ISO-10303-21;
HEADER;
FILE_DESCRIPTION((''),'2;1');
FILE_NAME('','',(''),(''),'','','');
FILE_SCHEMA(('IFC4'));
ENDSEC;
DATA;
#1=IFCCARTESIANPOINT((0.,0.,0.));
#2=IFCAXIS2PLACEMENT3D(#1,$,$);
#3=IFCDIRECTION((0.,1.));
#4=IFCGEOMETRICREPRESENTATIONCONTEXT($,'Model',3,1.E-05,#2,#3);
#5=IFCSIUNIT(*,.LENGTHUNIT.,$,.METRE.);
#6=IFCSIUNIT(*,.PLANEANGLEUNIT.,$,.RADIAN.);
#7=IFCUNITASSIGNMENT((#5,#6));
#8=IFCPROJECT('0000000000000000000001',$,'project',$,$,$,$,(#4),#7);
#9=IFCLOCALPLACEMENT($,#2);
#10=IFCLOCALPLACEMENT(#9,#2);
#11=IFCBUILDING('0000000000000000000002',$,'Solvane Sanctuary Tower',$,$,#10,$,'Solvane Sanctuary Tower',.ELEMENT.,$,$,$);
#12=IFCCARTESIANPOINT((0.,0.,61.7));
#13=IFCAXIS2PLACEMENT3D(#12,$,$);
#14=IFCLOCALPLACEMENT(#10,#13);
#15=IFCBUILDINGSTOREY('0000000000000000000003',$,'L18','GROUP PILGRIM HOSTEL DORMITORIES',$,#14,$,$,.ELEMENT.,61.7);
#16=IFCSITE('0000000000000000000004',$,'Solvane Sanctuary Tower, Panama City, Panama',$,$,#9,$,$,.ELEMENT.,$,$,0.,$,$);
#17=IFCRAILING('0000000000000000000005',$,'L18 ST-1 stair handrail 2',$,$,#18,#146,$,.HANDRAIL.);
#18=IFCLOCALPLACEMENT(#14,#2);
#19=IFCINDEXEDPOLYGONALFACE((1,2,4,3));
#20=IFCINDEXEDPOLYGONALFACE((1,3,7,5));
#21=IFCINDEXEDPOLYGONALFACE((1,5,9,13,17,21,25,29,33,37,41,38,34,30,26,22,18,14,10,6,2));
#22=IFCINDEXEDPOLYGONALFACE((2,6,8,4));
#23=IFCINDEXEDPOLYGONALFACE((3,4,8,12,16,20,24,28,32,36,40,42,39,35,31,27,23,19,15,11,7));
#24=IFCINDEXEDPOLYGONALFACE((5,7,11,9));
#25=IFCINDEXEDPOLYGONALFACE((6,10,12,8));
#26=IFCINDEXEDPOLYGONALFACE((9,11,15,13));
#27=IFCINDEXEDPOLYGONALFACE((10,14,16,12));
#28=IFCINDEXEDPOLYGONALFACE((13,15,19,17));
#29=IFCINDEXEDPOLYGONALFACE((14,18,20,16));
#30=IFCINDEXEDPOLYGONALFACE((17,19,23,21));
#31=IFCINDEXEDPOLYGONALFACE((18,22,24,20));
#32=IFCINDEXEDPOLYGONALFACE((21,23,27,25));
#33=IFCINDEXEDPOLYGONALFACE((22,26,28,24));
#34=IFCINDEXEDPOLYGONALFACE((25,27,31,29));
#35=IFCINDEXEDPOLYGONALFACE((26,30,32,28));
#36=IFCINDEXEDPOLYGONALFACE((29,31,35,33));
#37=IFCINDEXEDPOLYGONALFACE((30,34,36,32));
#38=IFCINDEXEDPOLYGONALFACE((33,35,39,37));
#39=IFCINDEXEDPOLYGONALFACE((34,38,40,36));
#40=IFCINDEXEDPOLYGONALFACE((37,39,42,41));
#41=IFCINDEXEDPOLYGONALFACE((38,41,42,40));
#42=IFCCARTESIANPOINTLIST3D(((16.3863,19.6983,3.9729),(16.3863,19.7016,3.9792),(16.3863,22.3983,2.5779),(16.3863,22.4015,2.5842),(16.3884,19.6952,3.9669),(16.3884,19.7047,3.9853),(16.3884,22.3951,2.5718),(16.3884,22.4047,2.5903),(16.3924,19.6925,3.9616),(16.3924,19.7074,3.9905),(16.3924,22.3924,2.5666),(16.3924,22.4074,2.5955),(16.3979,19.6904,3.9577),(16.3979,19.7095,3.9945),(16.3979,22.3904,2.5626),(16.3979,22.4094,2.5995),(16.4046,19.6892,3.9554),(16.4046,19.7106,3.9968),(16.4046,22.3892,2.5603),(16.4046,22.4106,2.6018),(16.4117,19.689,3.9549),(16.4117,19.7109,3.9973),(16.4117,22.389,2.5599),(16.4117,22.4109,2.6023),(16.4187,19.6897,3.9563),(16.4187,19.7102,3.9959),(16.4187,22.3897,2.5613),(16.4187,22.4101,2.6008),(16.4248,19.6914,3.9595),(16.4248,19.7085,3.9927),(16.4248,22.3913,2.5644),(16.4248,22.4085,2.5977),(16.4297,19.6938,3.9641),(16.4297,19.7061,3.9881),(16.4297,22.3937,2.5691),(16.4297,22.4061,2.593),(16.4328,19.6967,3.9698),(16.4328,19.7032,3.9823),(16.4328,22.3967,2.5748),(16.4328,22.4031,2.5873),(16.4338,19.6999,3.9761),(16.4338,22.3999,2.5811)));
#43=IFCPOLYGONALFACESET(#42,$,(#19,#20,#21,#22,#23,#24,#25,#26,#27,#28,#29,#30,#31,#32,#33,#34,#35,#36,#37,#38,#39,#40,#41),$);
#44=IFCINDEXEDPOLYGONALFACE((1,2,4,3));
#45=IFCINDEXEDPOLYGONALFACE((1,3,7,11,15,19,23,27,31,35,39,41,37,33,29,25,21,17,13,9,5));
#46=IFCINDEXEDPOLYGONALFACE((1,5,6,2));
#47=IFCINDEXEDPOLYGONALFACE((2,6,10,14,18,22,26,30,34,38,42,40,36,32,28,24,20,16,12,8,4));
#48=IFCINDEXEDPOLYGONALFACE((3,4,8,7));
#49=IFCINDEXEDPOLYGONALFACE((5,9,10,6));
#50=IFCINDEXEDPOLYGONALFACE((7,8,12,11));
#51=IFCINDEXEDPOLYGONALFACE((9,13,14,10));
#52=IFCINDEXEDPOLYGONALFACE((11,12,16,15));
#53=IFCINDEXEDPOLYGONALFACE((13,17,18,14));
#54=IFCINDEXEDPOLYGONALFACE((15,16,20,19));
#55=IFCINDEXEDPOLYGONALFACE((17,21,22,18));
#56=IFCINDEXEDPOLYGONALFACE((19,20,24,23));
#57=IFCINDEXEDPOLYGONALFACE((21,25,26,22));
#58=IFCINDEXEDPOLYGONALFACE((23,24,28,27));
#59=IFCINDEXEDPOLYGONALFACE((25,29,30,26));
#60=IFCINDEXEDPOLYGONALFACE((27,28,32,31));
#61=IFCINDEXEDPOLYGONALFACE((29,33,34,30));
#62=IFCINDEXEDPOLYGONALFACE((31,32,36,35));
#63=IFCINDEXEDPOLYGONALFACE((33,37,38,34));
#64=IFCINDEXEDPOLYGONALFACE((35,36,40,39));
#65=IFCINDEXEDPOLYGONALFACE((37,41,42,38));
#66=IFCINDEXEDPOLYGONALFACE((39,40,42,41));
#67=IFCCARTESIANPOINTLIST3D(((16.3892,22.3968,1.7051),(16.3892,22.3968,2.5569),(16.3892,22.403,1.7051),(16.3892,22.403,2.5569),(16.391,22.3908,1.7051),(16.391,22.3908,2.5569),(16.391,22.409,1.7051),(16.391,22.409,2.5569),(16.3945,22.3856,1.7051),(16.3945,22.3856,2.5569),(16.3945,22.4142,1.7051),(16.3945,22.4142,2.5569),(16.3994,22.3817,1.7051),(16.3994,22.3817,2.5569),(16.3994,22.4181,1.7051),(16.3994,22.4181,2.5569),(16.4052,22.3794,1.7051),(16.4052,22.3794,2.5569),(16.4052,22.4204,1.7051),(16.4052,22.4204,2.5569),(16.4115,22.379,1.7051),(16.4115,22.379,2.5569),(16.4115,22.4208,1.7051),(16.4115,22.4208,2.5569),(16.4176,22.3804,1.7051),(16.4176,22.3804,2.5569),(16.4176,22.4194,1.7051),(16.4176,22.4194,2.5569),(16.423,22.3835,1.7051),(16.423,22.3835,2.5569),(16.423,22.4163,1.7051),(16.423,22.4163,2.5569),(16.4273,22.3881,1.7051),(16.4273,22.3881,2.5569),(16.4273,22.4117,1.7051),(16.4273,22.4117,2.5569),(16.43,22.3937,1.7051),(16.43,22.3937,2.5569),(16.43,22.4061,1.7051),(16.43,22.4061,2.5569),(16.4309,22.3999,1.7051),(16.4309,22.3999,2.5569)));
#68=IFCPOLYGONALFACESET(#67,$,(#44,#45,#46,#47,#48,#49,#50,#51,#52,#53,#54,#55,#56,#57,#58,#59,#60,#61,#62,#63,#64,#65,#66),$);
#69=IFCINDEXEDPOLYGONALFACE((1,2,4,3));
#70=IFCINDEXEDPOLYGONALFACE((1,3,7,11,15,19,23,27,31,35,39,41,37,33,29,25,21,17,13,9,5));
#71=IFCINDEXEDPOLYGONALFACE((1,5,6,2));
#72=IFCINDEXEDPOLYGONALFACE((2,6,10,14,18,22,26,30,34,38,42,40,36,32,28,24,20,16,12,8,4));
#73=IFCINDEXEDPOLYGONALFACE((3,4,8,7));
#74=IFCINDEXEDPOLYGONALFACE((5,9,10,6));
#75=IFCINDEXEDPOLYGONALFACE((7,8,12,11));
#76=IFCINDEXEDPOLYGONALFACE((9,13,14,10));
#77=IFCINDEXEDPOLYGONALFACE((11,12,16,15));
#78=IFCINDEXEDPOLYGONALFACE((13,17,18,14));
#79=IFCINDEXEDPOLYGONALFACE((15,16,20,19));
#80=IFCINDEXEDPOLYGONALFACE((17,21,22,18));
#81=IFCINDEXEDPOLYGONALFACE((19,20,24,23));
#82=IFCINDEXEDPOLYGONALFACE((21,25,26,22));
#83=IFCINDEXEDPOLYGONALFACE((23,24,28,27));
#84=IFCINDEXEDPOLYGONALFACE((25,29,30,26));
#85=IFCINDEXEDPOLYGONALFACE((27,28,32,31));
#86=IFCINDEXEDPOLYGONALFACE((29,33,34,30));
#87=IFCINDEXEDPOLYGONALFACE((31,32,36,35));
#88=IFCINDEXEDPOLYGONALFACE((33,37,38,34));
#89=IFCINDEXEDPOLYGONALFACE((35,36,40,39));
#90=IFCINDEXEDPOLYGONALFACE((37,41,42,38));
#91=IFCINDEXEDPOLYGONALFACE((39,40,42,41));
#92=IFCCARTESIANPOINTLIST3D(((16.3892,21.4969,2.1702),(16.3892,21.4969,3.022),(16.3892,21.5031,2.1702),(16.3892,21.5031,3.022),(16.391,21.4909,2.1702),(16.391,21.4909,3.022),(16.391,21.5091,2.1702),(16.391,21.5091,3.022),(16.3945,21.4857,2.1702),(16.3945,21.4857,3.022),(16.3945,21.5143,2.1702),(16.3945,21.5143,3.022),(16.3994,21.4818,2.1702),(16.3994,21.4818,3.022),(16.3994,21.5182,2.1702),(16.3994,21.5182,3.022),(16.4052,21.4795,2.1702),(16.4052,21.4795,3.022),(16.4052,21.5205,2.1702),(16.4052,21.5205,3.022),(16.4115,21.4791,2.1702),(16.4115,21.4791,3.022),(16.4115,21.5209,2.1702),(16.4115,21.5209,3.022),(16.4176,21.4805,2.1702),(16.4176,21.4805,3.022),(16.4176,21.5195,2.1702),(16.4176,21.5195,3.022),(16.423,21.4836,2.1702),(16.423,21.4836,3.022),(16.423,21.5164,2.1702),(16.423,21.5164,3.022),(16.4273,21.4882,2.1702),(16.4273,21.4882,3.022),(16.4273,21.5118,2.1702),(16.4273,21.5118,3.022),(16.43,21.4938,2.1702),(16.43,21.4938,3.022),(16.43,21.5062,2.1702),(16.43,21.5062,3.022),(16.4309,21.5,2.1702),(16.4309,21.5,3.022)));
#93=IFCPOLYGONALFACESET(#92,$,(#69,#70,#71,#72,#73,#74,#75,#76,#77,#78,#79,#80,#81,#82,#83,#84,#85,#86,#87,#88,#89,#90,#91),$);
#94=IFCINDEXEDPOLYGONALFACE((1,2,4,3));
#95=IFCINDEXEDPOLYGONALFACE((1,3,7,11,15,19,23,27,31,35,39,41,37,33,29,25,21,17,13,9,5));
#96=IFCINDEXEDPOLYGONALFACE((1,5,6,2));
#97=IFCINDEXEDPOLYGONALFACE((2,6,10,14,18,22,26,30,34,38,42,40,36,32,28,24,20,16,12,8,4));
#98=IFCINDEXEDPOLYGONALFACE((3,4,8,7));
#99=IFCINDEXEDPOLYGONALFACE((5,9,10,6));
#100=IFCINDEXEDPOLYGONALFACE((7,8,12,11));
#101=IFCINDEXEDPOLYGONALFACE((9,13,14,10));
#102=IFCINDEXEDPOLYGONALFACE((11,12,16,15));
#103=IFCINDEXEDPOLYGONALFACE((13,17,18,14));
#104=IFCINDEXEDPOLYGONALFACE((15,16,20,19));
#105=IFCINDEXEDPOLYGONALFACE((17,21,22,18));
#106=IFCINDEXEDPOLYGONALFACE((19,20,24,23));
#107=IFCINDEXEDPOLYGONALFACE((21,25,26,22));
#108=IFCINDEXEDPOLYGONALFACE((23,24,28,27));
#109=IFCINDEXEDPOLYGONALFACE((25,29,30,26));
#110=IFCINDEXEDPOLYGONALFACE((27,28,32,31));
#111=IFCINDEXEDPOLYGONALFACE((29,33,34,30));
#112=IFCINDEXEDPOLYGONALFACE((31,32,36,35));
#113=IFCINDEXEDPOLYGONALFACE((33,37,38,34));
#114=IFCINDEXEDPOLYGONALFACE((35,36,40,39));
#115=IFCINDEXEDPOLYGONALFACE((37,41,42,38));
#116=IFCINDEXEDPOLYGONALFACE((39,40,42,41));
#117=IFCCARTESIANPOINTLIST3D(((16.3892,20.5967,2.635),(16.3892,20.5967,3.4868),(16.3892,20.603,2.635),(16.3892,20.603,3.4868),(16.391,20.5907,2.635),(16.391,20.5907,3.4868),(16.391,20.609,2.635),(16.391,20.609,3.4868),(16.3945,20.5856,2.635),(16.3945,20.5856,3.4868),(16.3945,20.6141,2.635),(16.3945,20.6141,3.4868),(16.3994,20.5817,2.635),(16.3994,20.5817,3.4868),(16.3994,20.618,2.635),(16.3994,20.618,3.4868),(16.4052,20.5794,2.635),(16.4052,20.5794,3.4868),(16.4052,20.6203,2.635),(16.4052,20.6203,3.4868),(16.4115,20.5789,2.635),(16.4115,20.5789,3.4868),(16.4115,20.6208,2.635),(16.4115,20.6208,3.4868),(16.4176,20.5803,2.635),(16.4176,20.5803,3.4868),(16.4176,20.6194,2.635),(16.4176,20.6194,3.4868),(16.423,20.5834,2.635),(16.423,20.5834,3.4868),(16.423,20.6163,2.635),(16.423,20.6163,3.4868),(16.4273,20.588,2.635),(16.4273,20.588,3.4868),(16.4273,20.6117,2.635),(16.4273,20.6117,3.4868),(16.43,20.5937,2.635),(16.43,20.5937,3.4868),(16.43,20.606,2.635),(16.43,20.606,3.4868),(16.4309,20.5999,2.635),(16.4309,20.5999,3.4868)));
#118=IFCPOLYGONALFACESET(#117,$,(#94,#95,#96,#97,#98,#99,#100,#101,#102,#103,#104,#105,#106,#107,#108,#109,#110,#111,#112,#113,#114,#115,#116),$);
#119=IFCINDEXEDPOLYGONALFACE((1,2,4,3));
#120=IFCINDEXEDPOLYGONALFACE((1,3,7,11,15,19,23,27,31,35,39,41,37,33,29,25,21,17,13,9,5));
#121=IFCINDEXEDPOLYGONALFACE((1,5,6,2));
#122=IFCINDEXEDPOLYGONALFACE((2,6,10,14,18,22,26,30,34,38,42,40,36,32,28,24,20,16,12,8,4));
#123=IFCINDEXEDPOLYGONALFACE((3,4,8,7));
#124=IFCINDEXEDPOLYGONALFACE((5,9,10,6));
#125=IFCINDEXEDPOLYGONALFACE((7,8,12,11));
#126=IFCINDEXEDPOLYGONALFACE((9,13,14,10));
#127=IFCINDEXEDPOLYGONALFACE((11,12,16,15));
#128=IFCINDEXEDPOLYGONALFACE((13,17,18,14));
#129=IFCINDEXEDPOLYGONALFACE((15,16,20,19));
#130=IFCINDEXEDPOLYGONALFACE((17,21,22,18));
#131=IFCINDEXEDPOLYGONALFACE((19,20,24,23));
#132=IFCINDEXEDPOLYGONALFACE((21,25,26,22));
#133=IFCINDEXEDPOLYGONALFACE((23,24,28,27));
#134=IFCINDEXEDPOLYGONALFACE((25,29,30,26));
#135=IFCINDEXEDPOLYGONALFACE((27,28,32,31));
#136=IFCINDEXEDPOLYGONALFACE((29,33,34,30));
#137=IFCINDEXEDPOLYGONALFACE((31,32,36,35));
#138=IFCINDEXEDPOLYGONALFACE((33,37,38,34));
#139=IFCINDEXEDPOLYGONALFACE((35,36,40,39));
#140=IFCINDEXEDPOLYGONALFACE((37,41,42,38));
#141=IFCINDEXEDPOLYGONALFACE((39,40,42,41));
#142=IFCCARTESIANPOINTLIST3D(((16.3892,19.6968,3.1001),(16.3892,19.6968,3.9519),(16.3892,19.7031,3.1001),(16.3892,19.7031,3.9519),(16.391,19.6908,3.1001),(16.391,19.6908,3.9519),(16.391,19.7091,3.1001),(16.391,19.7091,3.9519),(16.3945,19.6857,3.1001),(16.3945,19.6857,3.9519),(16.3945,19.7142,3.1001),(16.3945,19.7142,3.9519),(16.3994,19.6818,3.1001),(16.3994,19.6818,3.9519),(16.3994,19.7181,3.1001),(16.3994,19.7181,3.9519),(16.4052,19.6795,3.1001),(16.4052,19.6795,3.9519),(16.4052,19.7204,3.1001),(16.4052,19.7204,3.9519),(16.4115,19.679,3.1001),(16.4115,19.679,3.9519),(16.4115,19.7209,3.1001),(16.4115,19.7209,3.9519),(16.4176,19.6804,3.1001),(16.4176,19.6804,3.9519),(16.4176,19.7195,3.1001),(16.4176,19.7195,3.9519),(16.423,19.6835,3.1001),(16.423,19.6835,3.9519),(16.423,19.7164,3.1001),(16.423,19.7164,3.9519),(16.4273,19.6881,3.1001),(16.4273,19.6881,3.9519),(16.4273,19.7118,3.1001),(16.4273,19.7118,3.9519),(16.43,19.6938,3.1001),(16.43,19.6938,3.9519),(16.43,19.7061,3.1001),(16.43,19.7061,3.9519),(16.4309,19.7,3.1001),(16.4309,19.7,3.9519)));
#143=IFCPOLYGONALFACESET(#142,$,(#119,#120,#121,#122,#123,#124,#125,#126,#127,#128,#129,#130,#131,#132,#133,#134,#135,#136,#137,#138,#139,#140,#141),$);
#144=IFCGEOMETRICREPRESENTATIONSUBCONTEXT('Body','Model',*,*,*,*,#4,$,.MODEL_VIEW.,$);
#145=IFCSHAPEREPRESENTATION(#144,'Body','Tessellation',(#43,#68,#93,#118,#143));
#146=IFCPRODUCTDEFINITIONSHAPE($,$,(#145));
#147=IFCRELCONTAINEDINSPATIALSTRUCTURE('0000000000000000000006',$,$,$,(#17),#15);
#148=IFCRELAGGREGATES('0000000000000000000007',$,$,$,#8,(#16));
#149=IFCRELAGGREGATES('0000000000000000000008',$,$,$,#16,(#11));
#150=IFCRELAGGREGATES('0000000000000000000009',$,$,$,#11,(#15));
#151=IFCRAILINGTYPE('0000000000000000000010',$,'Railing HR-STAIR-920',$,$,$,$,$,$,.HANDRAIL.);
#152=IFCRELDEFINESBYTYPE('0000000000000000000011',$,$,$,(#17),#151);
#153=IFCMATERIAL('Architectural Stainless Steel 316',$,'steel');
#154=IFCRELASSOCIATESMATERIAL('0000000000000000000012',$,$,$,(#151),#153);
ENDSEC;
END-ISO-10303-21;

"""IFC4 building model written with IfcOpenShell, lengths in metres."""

from ifc_helpers import new_model, si_unit, direction, frame, origin, origin_2d, place, context, subcontext, project, spatial, circle, extrude, material, type_object, element, save


model = new_model("IFC4")

# Units and contexts
model_context = context("Model", 3, precision=1e-05, world=origin(), true_north=direction((0.0, 1.0)))
body_context = subcontext(model_context, "Body", "Model", "MODEL_VIEW")
ifc_project = project(units=[si_unit("LENGTHUNIT", "METRE"), si_unit("PLANEANGLEUNIT", "RADIAN")], contexts=[model_context])

# Site, building, storey
site_placement = place(None, origin())
site = spatial("IfcSite", under=ifc_project, at=site_placement, Name="Solvane Sanctuary Tower, Panama City, Panama", CompositionType="ELEMENT", RefElevation=0.0)
building_placement = place(site_placement, origin())
building = spatial("IfcBuilding", under=site, at=building_placement, Name="Solvane Sanctuary Tower", LongName="Solvane Sanctuary Tower", CompositionType="ELEMENT")
storey_placement = place(building_placement, frame((0.0, 0.0, 61.7)))
storey = spatial("IfcBuildingStorey", under=building, at=storey_placement, Name="L18", Description="GROUP PILGRIM HOSTEL DORMITORIES", CompositionType="ELEMENT", Elevation=61.7)

# Shared definitions
ifc_material_1 = material(Name="Architectural Stainless Steel 316", Category="steel")

# Railing
railing_type_1 = type_object("IfcRailingType", Name="Railing HR-STAIR-920", PredefinedType="HANDRAIL", material=ifc_material_1)
railing_1_placement = place(storey_placement, frame((16.4099, 22.3999, 1.7051)))
element("IfcRailing", 1, at=railing_1_placement, inside=storey, type_object=railing_type_1, Name="L18 ST-1 stair handrail 2", PredefinedType="HANDRAIL", context=body_context, shape_type="SweptSolid", body=[
    extrude(circle(Radius=0.0239, at=origin_2d()), frame((0.0, 0.0, 0.876), z_axis=(0.0, -0.88842, 0.459032), x_axis=(1.0, 0.0, 0.0)), (0.0, 0.0, 1.0), 3.0391),
    extrude(circle(Radius=0.021, at=origin_2d()), origin(), (0.0, 0.0, 1.0), 0.8518),
    extrude(circle(Radius=0.021, at=origin_2d()), frame((0.0, -0.8999, 0.4651)), (0.0, 0.0, 1.0), 0.8518),
    extrude(circle(Radius=0.021, at=origin_2d()), frame((0.0, -1.8, 0.9299)), (0.0, 0.0, 1.0), 0.8518),
    extrude(circle(Radius=0.021, at=origin_2d()), frame((0.0, -2.7, 1.395)), (0.0, 0.0, 1.0), 0.8518),
])

save(model, "model.ifc")
